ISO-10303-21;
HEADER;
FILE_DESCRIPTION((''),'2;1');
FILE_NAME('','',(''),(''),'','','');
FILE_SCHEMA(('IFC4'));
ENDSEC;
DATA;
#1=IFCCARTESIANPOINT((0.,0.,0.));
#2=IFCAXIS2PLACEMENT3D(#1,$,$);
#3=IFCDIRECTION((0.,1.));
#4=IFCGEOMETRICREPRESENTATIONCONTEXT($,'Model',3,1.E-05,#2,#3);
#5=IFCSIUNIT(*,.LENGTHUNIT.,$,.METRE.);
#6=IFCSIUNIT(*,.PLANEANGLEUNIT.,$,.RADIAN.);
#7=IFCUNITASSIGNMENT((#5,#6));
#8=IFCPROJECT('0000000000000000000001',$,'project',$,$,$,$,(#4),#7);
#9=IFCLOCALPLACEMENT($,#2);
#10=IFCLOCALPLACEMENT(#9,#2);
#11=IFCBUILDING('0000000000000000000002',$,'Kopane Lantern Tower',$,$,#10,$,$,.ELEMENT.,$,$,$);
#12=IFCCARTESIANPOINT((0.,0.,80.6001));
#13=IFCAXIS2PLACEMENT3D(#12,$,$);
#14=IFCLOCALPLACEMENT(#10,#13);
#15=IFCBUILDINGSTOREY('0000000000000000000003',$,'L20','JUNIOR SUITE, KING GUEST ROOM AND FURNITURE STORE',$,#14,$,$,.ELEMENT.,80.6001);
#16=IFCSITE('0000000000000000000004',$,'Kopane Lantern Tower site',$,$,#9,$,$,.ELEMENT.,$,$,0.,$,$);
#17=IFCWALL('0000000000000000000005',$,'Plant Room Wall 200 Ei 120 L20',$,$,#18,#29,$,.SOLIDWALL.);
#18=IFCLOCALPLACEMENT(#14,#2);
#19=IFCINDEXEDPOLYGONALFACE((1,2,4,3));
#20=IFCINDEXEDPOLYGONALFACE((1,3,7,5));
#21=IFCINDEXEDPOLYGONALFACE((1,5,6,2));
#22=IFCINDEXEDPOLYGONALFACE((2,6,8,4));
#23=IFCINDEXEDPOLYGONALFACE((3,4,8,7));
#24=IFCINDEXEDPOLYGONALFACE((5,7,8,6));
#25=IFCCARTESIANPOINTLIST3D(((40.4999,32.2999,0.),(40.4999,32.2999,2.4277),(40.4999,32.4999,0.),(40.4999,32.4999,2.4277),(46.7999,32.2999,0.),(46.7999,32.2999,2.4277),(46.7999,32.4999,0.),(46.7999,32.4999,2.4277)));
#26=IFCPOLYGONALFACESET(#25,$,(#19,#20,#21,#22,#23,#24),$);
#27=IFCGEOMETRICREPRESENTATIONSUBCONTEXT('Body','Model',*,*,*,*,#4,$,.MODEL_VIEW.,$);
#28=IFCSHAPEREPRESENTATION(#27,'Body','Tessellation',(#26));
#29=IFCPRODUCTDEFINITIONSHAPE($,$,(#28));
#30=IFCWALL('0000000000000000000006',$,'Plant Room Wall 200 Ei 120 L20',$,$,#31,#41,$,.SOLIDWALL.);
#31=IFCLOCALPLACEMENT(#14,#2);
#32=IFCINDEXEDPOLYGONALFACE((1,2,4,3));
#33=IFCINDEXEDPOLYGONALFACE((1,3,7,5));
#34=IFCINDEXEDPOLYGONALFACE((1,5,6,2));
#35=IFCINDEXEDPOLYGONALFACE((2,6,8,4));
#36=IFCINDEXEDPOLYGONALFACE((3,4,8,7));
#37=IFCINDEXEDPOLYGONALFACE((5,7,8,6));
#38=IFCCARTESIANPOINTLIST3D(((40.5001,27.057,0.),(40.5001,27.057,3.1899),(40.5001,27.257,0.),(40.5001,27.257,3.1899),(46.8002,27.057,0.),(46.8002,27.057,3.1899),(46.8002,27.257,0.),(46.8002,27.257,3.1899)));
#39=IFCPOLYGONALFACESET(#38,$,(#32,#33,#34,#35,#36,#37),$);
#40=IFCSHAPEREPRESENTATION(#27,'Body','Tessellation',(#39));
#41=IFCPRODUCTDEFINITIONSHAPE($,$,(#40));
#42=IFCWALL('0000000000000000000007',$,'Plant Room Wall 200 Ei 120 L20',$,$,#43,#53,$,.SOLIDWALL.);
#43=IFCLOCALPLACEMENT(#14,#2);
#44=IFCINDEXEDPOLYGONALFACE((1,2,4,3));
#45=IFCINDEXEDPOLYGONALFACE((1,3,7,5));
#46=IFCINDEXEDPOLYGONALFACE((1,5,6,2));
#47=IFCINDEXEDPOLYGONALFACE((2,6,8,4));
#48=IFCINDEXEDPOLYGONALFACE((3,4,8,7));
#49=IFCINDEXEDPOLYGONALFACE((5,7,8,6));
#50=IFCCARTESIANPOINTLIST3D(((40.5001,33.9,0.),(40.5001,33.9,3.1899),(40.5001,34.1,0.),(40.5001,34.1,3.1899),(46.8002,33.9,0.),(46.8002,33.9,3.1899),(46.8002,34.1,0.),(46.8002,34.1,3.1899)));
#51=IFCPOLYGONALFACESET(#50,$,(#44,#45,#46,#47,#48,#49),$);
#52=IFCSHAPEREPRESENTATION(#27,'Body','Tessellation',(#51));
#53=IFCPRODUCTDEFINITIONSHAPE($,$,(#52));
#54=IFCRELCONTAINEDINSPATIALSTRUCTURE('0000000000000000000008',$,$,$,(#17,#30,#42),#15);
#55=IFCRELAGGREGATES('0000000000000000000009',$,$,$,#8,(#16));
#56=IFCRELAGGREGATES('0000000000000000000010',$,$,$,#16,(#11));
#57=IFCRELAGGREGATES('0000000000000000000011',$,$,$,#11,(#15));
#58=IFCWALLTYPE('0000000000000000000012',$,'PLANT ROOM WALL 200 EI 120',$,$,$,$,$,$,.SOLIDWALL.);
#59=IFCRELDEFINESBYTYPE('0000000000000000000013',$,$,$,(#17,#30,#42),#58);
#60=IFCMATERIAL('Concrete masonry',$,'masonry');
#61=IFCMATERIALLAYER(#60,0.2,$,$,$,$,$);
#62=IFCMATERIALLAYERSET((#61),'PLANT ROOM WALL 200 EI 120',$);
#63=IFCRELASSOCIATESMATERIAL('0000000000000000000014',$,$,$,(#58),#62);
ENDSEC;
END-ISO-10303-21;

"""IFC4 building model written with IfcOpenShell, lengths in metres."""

from ifc_helpers import new_model, si_unit, direction, frame, frame_2d, origin, place, context, subcontext, project, spatial, rectangle, extrude, material, layer, layer_set, type_object, element, save


model = new_model("IFC4")

# Units and contexts
model_context = context("Model", 3, precision=1e-05, world=origin(), true_north=direction((0.0, 1.0)))
body_context = subcontext(model_context, "Body", "Model", "MODEL_VIEW")
ifc_project = project(units=[si_unit("LENGTHUNIT", "METRE"), si_unit("PLANEANGLEUNIT", "RADIAN")], contexts=[model_context])

# Site, building, storey
site_placement = place(None, origin())
site = spatial("IfcSite", under=ifc_project, at=site_placement, Name="Kopane Lantern Tower site", CompositionType="ELEMENT", RefElevation=0.0)
building_placement = place(site_placement, origin())
building = spatial("IfcBuilding", under=site, at=building_placement, Name="Kopane Lantern Tower", CompositionType="ELEMENT")
storey_placement = place(building_placement, frame((0.0, 0.0, 80.6001)))
storey = spatial("IfcBuildingStorey", under=building, at=storey_placement, Name="L20", Description="JUNIOR SUITE, KING GUEST ROOM AND FURNITURE STORE", CompositionType="ELEMENT", Elevation=80.6001)

# Walls
ifc_material_1 = material(Name="Concrete masonry", Category="masonry")
ifc_layer_1 = layer(ifc_material_1, 0.2)
ifc_layer_set_1 = layer_set([ifc_layer_1], Name="PLANT ROOM WALL 200 EI 120")
wall_type_1 = type_object("IfcWallType", Name="PLANT ROOM WALL 200 EI 120", PredefinedType="SOLIDWALL", material=ifc_layer_set_1)
wall_1_placement = place(storey_placement, frame((40.5, 32.3999, 0.0), z_axis=(0.0, 0.0, 1.0), x_axis=(1.0, 0.0, 0.0)))
element("IfcWall", 1, at=wall_1_placement, inside=storey, type_object=wall_type_1, Name="Plant Room Wall 200 Ei 120 L20", PredefinedType="SOLIDWALL", context=body_context, shape_type="SweptSolid", body=[
    extrude(rectangle(XDim=6.3, YDim=0.2, at=frame_2d((3.1499, 0.0))), origin(), (0.0, 0.0, 1.0), 2.4277),
])
for number, where, z_axis, x_axis, name in (
    (2, (46.8, 27.157, 0.0), (0.0, 0.0, 1.0), (-1.0, 0.0, 0.0), "Plant Room Wall 200 Ei 120 L20"),
    (3, (46.8, 34.0, 0.0), (0.0, 0.0, 1.0), (-1.0, 0.0, 0.0), "Plant Room Wall 200 Ei 120 L20"),
):
    element("IfcWall", number, at=place(storey_placement, frame(where, z_axis=z_axis, x_axis=x_axis)), inside=storey, type_object=wall_type_1, Name=name, PredefinedType="SOLIDWALL", context=body_context, shape_type="SweptSolid", body=[
        extrude(rectangle(XDim=6.3, YDim=0.2, at=frame_2d((3.1499, 0.0))), origin(), (0.0, 0.0, 1.0), 3.1899),
    ])

save(model, "model.ifc")
